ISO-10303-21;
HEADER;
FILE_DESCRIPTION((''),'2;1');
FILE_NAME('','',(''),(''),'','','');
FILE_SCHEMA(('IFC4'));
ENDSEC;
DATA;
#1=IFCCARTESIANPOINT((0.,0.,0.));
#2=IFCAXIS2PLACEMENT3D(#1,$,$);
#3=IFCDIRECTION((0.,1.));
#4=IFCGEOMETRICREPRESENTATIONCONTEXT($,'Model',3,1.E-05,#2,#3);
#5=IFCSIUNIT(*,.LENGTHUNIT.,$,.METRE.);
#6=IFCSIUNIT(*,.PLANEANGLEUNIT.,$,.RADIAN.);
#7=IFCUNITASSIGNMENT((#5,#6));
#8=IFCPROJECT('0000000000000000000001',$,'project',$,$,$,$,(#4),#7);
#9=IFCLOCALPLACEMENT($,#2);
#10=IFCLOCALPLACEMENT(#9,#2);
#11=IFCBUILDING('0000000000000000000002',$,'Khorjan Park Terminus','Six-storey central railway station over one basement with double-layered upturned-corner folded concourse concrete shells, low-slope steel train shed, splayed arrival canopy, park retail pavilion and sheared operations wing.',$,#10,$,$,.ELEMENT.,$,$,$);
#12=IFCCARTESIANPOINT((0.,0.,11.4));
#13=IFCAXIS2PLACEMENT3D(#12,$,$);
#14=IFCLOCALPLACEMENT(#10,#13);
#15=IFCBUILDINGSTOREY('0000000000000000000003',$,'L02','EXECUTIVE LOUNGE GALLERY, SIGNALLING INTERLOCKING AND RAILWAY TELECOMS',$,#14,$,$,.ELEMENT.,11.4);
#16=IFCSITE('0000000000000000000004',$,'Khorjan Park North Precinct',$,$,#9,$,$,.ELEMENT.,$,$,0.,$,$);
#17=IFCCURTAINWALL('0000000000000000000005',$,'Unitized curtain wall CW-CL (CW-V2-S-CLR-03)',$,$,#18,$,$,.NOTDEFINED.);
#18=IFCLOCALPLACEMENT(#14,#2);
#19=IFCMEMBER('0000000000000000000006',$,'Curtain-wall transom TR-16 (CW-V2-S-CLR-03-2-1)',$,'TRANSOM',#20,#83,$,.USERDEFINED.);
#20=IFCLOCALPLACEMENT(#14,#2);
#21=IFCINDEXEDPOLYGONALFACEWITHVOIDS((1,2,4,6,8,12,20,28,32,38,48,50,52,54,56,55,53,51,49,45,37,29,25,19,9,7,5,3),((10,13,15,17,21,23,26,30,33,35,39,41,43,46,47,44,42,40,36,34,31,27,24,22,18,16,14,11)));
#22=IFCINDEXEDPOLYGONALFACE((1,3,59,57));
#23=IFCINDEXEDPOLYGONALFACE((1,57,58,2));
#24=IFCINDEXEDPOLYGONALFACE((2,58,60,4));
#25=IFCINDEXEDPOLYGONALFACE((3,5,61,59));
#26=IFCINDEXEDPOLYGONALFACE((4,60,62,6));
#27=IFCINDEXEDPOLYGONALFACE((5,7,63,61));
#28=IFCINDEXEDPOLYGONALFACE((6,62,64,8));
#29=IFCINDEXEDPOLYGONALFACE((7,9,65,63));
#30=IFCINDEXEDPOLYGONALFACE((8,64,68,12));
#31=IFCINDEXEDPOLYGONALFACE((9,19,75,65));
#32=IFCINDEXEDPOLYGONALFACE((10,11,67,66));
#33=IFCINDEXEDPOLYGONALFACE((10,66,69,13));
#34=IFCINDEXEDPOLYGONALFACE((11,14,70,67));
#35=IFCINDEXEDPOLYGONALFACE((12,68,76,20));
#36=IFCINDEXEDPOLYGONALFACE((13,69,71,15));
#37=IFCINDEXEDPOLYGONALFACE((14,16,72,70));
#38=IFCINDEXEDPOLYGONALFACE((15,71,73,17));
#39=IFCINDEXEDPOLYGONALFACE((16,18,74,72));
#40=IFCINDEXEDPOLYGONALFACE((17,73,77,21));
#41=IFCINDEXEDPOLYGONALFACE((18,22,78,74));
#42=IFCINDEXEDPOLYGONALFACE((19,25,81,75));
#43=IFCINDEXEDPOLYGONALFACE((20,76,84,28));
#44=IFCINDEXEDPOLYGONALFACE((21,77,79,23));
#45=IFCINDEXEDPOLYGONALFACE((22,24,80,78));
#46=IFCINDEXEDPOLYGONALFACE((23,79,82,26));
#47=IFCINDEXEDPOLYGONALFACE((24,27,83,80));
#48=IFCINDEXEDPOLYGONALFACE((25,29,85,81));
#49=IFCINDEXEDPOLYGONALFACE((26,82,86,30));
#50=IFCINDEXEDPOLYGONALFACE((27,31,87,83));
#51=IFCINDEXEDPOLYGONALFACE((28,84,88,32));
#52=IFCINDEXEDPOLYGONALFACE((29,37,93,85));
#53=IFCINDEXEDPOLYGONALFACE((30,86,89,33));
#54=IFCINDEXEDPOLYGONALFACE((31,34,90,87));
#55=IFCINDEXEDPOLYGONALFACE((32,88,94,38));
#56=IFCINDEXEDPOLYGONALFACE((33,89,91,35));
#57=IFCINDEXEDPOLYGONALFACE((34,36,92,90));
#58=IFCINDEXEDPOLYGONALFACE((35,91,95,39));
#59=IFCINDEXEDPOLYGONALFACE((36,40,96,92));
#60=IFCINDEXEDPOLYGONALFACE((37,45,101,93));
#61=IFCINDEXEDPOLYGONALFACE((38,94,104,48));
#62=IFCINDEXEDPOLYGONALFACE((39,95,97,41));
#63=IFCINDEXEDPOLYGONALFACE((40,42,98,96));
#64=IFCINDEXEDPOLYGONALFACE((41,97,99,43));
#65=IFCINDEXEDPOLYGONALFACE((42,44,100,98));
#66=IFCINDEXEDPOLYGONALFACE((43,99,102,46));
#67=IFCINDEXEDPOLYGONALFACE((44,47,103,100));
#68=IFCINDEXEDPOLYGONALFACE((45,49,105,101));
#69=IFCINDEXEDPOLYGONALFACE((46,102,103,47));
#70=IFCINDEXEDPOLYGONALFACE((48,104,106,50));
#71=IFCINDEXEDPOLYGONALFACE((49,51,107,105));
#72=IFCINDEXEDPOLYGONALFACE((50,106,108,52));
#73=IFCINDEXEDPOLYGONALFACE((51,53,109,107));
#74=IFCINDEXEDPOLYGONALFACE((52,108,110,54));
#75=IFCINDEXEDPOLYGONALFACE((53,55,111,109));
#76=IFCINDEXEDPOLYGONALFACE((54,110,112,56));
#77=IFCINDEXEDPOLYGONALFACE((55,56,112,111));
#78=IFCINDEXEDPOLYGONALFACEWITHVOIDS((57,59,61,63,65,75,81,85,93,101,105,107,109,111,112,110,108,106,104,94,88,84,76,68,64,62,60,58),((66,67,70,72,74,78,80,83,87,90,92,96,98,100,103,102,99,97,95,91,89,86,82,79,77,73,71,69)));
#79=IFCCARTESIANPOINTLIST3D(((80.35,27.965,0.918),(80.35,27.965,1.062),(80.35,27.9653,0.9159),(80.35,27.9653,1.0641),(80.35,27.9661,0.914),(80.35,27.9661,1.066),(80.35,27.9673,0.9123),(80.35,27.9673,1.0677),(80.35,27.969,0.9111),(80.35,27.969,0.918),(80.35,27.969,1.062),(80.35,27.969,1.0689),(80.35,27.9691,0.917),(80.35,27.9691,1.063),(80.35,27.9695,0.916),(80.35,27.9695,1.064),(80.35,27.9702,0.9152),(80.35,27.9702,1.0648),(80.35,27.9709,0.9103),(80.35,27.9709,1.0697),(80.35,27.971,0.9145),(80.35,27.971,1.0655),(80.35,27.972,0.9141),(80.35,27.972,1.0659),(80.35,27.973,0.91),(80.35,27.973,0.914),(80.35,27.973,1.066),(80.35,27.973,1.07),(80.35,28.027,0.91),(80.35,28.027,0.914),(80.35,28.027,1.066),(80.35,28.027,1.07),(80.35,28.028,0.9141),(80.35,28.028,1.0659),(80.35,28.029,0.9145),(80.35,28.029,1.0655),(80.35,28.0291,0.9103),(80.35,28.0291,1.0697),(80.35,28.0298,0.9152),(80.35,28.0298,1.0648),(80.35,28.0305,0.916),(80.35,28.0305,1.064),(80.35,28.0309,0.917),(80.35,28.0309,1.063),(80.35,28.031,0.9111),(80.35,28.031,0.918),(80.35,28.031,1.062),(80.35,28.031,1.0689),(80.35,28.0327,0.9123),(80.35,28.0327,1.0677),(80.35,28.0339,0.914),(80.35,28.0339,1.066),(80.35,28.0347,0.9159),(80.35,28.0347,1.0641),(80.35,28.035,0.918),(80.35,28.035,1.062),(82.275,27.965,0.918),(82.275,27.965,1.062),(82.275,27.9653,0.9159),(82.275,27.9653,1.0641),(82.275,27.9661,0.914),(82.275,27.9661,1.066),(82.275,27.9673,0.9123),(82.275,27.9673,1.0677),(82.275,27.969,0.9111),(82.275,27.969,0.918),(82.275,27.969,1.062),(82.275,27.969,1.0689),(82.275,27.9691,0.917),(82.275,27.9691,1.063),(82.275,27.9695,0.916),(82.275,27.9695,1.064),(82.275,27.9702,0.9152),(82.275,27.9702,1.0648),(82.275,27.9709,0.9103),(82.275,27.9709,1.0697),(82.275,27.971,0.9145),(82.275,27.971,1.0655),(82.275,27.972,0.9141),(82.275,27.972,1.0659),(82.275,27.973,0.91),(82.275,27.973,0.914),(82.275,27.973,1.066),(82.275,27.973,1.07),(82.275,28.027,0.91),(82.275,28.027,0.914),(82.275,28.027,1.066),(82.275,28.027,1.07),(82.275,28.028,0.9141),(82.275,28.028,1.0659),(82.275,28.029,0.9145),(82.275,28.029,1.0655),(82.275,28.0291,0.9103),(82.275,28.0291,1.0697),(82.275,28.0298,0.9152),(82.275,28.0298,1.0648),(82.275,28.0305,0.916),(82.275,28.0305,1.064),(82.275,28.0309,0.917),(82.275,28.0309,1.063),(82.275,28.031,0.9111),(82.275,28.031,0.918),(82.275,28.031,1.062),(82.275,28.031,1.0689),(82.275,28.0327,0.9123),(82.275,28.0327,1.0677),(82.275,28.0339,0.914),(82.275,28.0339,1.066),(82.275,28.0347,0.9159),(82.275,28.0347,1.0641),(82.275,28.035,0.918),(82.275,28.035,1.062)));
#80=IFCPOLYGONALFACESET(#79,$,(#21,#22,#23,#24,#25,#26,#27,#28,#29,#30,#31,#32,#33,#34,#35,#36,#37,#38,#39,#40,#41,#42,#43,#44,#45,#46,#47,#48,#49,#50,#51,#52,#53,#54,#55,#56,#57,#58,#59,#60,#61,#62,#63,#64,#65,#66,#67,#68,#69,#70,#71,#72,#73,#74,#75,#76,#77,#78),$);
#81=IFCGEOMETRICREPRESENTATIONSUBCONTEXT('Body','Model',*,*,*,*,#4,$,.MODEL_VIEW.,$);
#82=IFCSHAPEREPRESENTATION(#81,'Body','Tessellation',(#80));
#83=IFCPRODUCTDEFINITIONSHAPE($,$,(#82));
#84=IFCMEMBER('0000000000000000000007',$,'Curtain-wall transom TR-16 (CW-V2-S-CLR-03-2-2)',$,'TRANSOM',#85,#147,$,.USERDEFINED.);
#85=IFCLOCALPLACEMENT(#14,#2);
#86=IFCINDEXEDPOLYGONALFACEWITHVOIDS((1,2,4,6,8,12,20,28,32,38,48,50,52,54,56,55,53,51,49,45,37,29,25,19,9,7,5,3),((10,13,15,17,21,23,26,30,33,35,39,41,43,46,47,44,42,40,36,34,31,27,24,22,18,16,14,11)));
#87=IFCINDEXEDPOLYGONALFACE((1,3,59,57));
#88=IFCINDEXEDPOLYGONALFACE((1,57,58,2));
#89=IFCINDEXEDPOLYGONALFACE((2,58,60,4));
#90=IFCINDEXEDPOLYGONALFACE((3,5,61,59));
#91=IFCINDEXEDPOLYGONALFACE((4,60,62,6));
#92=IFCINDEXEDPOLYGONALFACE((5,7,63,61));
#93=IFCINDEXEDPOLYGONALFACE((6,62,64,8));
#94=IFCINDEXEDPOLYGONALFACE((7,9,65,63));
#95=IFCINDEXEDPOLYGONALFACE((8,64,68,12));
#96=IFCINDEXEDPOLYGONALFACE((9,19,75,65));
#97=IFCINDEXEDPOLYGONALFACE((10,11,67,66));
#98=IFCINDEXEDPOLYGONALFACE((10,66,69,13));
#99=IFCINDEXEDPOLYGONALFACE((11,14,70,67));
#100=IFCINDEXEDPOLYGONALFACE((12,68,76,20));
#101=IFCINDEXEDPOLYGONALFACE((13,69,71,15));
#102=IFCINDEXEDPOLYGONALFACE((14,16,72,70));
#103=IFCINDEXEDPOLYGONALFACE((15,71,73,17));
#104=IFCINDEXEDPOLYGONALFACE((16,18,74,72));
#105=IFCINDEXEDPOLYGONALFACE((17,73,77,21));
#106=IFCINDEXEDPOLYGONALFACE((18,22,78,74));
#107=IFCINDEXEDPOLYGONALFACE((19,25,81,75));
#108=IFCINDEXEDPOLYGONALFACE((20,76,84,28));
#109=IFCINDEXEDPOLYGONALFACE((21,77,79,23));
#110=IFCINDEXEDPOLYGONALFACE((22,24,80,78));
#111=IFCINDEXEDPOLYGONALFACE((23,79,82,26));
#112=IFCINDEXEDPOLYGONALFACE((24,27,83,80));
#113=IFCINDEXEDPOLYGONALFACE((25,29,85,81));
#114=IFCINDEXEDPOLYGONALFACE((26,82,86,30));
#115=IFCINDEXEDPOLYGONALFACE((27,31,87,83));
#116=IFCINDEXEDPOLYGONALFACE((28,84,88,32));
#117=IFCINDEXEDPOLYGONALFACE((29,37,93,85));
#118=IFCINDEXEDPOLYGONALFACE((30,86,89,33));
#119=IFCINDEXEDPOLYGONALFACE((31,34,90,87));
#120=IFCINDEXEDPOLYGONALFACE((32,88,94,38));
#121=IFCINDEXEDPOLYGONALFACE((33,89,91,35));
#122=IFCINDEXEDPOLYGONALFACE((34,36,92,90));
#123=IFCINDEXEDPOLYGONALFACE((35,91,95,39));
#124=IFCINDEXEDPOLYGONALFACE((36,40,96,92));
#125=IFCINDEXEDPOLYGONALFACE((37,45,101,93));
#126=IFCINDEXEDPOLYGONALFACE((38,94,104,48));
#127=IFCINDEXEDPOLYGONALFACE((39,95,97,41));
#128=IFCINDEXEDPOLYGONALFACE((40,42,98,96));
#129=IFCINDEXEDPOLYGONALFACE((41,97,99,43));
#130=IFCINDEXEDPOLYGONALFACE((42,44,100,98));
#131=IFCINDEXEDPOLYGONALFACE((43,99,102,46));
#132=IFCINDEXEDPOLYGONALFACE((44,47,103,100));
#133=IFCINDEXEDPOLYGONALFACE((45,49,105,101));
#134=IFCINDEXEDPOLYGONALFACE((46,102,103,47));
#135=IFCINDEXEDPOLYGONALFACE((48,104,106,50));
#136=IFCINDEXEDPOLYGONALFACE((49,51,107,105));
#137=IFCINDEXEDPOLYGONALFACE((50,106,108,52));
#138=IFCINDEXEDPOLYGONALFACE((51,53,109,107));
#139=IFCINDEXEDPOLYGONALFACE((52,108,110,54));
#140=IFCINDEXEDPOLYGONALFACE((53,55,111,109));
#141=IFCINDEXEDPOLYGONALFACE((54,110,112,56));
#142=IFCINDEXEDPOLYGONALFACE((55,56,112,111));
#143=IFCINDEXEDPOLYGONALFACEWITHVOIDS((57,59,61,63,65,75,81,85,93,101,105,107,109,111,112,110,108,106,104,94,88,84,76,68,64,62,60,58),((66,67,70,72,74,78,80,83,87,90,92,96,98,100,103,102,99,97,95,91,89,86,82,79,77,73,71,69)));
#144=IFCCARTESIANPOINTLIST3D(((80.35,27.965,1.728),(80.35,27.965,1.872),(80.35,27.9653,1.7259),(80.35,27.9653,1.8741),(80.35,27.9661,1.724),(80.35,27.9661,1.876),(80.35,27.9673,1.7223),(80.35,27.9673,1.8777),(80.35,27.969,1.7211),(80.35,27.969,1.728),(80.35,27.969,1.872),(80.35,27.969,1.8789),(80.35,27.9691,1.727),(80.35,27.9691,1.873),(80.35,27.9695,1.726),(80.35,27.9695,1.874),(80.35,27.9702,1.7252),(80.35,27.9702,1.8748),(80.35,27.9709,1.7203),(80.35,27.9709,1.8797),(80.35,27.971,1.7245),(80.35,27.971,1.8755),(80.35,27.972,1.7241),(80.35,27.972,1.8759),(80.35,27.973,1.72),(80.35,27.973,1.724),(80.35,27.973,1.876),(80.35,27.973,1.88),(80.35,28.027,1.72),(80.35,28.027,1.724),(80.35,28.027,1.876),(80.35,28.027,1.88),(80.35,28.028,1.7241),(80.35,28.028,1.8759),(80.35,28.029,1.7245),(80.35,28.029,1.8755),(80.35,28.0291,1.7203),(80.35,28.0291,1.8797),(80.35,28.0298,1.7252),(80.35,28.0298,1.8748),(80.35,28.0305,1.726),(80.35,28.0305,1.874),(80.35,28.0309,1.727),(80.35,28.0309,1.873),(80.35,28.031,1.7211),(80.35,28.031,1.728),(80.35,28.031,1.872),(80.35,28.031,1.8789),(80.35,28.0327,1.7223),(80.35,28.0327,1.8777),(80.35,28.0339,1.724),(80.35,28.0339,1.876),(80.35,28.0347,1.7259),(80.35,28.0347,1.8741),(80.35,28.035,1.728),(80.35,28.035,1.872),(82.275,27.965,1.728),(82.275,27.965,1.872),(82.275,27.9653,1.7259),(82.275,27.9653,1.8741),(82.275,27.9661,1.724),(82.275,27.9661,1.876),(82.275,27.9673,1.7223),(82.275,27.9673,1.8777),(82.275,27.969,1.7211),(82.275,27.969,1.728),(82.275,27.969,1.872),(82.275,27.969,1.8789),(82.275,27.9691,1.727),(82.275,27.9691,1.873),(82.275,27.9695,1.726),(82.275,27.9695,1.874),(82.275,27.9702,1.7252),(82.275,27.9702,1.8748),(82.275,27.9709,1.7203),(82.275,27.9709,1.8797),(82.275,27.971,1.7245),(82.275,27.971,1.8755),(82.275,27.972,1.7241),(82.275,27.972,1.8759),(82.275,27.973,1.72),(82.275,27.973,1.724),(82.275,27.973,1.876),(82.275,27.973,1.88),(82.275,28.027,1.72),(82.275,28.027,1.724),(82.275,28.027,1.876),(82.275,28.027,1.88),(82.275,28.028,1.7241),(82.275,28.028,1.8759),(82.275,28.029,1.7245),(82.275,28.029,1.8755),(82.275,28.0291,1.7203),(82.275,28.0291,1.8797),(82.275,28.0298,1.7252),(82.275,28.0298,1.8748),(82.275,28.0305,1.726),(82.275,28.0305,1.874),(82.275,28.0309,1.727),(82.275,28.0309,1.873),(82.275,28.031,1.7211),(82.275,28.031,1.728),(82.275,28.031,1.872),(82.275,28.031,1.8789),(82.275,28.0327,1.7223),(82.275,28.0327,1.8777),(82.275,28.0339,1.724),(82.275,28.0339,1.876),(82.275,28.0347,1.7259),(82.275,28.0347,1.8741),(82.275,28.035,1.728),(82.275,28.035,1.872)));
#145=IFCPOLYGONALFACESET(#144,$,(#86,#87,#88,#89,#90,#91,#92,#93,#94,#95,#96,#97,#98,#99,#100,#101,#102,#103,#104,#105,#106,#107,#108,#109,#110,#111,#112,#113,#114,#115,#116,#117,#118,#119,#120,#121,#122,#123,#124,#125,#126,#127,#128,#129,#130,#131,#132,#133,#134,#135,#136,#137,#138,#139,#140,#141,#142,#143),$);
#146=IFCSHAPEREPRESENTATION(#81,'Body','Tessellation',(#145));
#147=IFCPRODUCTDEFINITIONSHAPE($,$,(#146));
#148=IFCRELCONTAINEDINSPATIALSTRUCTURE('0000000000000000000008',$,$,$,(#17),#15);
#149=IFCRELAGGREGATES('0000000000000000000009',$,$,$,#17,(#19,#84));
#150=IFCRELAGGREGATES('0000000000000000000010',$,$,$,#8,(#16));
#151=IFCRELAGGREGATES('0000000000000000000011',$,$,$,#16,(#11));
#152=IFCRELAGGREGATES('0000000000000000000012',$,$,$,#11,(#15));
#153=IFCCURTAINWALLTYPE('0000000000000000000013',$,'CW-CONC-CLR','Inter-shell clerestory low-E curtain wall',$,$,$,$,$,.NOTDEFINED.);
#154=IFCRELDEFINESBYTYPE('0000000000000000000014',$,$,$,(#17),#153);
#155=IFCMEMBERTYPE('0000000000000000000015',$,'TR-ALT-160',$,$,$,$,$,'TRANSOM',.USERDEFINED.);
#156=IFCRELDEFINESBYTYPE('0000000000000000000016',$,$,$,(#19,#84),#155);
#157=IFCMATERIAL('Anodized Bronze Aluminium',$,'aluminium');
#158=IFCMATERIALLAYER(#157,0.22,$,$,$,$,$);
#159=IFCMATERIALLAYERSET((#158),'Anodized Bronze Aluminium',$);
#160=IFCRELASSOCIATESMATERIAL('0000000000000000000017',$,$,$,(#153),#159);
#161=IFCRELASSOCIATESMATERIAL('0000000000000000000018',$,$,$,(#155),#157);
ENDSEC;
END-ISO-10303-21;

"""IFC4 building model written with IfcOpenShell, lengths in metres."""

from ifc_helpers import new_model, si_unit, direction, frame, origin, origin_2d, place, context, subcontext, project, spatial, hollow_rectangle, extrude, material, layer, layer_set, material_profile, profile_set, type_object, element, aggregate, save


model = new_model("IFC4")

# Units and contexts
model_context = context("Model", 3, precision=1e-05, world=origin(), true_north=direction((0.0, 1.0)))
body_context = subcontext(model_context, "Body", "Model", "MODEL_VIEW")
ifc_project = project(units=[si_unit("LENGTHUNIT", "METRE"), si_unit("PLANEANGLEUNIT", "RADIAN")], contexts=[model_context])

# Site, building, storey
site_placement = place(None, origin())
site = spatial("IfcSite", under=ifc_project, at=site_placement, Name="Khorjan Park North Precinct", CompositionType="ELEMENT", RefElevation=0.0)
building_placement = place(site_placement, origin())
building = spatial("IfcBuilding", under=site, at=building_placement, Name="Khorjan Park Terminus", Description="Six-storey central railway station over one basement with double-layered upturned-corner folded concourse concrete shells, low-slope steel train shed, splayed arrival canopy, park retail pavilion and sheared operations wing.", CompositionType="ELEMENT")
storey_placement = place(building_placement, frame((0.0, 0.0, 11.4)))
storey = spatial("IfcBuildingStorey", under=building, at=storey_placement, Name="L02", Description="EXECUTIVE LOUNGE GALLERY, SIGNALLING INTERLOCKING AND RAILWAY TELECOMS", CompositionType="ELEMENT", Elevation=11.4)

# Curtain wall
ifc_material_1 = material(Name="Anodized Bronze Aluminium", Category="aluminium")
ifc_layer_1 = layer(ifc_material_1, 0.22)
ifc_layer_set_1 = layer_set([ifc_layer_1], Name="Anodized Bronze Aluminium")
curtain_wall_type = type_object("IfcCurtainWallType", Name="CW-CONC-CLR", Description="Inter-shell clerestory low-E curtain wall", PredefinedType="NOTDEFINED", material=ifc_layer_set_1)
curtain_wall_1_placement = place(storey_placement, origin())
curtain_wall_1 = element("IfcCurtainWall", 1, at=curtain_wall_1_placement, inside=storey, type_object=curtain_wall_type, Name="Unitized curtain wall CW-CL (CW-V2-S-CLR-03)", PredefinedType="NOTDEFINED")

# Members
ifc_material_profile_1 = material_profile(ifc_material_1, hollow_rectangle(XDim=0.07, YDim=0.16, WallThickness=0.004, InnerFilletRadius=0.004, OuterFilletRadius=0.008, at=origin_2d()), Name="ALT 70x160x4")
ifc_profile_set_1 = profile_set([ifc_material_profile_1], Name="Anodized Bronze Aluminium")
member_type_1 = type_object("IfcMemberType", Name="TR-ALT-160", ElementType="TRANSOM", PredefinedType="USERDEFINED", material=ifc_profile_set_1)
member_1_placement = place(storey_placement, frame((80.35, 28.0, 0.99), z_axis=(1.0, 0.0, 0.0), x_axis=(0.0, 1.0, 0.0)))
member_1 = element("IfcMember", 2, at=member_1_placement, type_object=member_type_1, Name="Curtain-wall transom TR-16 (CW-V2-S-CLR-03-2-1)", ObjectType="TRANSOM", PredefinedType="USERDEFINED", context=body_context, shape_type="SweptSolid", body=[
    extrude(hollow_rectangle(XDim=0.07, YDim=0.16, WallThickness=0.004, InnerFilletRadius=0.004, OuterFilletRadius=0.008, at=origin_2d()), origin(), (0.0, 0.0, 1.0), 1.925),
])
member_2_placement = place(storey_placement, frame((80.35, 28.0, 1.8), z_axis=(1.0, 0.0, 0.0), x_axis=(0.0, 1.0, 0.0)))
member_2 = element("IfcMember", 3, at=member_2_placement, type_object=member_type_1, Name="Curtain-wall transom TR-16 (CW-V2-S-CLR-03-2-2)", ObjectType="TRANSOM", PredefinedType="USERDEFINED", context=body_context, shape_type="SweptSolid", body=[
    extrude(hollow_rectangle(XDim=0.07, YDim=0.16, WallThickness=0.004, InnerFilletRadius=0.004, OuterFilletRadius=0.008, at=origin_2d()), origin(), (0.0, 0.0, 1.0), 1.925),
])

aggregate(curtain_wall_1, [member_1, member_2])

save(model, "model.ifc")
